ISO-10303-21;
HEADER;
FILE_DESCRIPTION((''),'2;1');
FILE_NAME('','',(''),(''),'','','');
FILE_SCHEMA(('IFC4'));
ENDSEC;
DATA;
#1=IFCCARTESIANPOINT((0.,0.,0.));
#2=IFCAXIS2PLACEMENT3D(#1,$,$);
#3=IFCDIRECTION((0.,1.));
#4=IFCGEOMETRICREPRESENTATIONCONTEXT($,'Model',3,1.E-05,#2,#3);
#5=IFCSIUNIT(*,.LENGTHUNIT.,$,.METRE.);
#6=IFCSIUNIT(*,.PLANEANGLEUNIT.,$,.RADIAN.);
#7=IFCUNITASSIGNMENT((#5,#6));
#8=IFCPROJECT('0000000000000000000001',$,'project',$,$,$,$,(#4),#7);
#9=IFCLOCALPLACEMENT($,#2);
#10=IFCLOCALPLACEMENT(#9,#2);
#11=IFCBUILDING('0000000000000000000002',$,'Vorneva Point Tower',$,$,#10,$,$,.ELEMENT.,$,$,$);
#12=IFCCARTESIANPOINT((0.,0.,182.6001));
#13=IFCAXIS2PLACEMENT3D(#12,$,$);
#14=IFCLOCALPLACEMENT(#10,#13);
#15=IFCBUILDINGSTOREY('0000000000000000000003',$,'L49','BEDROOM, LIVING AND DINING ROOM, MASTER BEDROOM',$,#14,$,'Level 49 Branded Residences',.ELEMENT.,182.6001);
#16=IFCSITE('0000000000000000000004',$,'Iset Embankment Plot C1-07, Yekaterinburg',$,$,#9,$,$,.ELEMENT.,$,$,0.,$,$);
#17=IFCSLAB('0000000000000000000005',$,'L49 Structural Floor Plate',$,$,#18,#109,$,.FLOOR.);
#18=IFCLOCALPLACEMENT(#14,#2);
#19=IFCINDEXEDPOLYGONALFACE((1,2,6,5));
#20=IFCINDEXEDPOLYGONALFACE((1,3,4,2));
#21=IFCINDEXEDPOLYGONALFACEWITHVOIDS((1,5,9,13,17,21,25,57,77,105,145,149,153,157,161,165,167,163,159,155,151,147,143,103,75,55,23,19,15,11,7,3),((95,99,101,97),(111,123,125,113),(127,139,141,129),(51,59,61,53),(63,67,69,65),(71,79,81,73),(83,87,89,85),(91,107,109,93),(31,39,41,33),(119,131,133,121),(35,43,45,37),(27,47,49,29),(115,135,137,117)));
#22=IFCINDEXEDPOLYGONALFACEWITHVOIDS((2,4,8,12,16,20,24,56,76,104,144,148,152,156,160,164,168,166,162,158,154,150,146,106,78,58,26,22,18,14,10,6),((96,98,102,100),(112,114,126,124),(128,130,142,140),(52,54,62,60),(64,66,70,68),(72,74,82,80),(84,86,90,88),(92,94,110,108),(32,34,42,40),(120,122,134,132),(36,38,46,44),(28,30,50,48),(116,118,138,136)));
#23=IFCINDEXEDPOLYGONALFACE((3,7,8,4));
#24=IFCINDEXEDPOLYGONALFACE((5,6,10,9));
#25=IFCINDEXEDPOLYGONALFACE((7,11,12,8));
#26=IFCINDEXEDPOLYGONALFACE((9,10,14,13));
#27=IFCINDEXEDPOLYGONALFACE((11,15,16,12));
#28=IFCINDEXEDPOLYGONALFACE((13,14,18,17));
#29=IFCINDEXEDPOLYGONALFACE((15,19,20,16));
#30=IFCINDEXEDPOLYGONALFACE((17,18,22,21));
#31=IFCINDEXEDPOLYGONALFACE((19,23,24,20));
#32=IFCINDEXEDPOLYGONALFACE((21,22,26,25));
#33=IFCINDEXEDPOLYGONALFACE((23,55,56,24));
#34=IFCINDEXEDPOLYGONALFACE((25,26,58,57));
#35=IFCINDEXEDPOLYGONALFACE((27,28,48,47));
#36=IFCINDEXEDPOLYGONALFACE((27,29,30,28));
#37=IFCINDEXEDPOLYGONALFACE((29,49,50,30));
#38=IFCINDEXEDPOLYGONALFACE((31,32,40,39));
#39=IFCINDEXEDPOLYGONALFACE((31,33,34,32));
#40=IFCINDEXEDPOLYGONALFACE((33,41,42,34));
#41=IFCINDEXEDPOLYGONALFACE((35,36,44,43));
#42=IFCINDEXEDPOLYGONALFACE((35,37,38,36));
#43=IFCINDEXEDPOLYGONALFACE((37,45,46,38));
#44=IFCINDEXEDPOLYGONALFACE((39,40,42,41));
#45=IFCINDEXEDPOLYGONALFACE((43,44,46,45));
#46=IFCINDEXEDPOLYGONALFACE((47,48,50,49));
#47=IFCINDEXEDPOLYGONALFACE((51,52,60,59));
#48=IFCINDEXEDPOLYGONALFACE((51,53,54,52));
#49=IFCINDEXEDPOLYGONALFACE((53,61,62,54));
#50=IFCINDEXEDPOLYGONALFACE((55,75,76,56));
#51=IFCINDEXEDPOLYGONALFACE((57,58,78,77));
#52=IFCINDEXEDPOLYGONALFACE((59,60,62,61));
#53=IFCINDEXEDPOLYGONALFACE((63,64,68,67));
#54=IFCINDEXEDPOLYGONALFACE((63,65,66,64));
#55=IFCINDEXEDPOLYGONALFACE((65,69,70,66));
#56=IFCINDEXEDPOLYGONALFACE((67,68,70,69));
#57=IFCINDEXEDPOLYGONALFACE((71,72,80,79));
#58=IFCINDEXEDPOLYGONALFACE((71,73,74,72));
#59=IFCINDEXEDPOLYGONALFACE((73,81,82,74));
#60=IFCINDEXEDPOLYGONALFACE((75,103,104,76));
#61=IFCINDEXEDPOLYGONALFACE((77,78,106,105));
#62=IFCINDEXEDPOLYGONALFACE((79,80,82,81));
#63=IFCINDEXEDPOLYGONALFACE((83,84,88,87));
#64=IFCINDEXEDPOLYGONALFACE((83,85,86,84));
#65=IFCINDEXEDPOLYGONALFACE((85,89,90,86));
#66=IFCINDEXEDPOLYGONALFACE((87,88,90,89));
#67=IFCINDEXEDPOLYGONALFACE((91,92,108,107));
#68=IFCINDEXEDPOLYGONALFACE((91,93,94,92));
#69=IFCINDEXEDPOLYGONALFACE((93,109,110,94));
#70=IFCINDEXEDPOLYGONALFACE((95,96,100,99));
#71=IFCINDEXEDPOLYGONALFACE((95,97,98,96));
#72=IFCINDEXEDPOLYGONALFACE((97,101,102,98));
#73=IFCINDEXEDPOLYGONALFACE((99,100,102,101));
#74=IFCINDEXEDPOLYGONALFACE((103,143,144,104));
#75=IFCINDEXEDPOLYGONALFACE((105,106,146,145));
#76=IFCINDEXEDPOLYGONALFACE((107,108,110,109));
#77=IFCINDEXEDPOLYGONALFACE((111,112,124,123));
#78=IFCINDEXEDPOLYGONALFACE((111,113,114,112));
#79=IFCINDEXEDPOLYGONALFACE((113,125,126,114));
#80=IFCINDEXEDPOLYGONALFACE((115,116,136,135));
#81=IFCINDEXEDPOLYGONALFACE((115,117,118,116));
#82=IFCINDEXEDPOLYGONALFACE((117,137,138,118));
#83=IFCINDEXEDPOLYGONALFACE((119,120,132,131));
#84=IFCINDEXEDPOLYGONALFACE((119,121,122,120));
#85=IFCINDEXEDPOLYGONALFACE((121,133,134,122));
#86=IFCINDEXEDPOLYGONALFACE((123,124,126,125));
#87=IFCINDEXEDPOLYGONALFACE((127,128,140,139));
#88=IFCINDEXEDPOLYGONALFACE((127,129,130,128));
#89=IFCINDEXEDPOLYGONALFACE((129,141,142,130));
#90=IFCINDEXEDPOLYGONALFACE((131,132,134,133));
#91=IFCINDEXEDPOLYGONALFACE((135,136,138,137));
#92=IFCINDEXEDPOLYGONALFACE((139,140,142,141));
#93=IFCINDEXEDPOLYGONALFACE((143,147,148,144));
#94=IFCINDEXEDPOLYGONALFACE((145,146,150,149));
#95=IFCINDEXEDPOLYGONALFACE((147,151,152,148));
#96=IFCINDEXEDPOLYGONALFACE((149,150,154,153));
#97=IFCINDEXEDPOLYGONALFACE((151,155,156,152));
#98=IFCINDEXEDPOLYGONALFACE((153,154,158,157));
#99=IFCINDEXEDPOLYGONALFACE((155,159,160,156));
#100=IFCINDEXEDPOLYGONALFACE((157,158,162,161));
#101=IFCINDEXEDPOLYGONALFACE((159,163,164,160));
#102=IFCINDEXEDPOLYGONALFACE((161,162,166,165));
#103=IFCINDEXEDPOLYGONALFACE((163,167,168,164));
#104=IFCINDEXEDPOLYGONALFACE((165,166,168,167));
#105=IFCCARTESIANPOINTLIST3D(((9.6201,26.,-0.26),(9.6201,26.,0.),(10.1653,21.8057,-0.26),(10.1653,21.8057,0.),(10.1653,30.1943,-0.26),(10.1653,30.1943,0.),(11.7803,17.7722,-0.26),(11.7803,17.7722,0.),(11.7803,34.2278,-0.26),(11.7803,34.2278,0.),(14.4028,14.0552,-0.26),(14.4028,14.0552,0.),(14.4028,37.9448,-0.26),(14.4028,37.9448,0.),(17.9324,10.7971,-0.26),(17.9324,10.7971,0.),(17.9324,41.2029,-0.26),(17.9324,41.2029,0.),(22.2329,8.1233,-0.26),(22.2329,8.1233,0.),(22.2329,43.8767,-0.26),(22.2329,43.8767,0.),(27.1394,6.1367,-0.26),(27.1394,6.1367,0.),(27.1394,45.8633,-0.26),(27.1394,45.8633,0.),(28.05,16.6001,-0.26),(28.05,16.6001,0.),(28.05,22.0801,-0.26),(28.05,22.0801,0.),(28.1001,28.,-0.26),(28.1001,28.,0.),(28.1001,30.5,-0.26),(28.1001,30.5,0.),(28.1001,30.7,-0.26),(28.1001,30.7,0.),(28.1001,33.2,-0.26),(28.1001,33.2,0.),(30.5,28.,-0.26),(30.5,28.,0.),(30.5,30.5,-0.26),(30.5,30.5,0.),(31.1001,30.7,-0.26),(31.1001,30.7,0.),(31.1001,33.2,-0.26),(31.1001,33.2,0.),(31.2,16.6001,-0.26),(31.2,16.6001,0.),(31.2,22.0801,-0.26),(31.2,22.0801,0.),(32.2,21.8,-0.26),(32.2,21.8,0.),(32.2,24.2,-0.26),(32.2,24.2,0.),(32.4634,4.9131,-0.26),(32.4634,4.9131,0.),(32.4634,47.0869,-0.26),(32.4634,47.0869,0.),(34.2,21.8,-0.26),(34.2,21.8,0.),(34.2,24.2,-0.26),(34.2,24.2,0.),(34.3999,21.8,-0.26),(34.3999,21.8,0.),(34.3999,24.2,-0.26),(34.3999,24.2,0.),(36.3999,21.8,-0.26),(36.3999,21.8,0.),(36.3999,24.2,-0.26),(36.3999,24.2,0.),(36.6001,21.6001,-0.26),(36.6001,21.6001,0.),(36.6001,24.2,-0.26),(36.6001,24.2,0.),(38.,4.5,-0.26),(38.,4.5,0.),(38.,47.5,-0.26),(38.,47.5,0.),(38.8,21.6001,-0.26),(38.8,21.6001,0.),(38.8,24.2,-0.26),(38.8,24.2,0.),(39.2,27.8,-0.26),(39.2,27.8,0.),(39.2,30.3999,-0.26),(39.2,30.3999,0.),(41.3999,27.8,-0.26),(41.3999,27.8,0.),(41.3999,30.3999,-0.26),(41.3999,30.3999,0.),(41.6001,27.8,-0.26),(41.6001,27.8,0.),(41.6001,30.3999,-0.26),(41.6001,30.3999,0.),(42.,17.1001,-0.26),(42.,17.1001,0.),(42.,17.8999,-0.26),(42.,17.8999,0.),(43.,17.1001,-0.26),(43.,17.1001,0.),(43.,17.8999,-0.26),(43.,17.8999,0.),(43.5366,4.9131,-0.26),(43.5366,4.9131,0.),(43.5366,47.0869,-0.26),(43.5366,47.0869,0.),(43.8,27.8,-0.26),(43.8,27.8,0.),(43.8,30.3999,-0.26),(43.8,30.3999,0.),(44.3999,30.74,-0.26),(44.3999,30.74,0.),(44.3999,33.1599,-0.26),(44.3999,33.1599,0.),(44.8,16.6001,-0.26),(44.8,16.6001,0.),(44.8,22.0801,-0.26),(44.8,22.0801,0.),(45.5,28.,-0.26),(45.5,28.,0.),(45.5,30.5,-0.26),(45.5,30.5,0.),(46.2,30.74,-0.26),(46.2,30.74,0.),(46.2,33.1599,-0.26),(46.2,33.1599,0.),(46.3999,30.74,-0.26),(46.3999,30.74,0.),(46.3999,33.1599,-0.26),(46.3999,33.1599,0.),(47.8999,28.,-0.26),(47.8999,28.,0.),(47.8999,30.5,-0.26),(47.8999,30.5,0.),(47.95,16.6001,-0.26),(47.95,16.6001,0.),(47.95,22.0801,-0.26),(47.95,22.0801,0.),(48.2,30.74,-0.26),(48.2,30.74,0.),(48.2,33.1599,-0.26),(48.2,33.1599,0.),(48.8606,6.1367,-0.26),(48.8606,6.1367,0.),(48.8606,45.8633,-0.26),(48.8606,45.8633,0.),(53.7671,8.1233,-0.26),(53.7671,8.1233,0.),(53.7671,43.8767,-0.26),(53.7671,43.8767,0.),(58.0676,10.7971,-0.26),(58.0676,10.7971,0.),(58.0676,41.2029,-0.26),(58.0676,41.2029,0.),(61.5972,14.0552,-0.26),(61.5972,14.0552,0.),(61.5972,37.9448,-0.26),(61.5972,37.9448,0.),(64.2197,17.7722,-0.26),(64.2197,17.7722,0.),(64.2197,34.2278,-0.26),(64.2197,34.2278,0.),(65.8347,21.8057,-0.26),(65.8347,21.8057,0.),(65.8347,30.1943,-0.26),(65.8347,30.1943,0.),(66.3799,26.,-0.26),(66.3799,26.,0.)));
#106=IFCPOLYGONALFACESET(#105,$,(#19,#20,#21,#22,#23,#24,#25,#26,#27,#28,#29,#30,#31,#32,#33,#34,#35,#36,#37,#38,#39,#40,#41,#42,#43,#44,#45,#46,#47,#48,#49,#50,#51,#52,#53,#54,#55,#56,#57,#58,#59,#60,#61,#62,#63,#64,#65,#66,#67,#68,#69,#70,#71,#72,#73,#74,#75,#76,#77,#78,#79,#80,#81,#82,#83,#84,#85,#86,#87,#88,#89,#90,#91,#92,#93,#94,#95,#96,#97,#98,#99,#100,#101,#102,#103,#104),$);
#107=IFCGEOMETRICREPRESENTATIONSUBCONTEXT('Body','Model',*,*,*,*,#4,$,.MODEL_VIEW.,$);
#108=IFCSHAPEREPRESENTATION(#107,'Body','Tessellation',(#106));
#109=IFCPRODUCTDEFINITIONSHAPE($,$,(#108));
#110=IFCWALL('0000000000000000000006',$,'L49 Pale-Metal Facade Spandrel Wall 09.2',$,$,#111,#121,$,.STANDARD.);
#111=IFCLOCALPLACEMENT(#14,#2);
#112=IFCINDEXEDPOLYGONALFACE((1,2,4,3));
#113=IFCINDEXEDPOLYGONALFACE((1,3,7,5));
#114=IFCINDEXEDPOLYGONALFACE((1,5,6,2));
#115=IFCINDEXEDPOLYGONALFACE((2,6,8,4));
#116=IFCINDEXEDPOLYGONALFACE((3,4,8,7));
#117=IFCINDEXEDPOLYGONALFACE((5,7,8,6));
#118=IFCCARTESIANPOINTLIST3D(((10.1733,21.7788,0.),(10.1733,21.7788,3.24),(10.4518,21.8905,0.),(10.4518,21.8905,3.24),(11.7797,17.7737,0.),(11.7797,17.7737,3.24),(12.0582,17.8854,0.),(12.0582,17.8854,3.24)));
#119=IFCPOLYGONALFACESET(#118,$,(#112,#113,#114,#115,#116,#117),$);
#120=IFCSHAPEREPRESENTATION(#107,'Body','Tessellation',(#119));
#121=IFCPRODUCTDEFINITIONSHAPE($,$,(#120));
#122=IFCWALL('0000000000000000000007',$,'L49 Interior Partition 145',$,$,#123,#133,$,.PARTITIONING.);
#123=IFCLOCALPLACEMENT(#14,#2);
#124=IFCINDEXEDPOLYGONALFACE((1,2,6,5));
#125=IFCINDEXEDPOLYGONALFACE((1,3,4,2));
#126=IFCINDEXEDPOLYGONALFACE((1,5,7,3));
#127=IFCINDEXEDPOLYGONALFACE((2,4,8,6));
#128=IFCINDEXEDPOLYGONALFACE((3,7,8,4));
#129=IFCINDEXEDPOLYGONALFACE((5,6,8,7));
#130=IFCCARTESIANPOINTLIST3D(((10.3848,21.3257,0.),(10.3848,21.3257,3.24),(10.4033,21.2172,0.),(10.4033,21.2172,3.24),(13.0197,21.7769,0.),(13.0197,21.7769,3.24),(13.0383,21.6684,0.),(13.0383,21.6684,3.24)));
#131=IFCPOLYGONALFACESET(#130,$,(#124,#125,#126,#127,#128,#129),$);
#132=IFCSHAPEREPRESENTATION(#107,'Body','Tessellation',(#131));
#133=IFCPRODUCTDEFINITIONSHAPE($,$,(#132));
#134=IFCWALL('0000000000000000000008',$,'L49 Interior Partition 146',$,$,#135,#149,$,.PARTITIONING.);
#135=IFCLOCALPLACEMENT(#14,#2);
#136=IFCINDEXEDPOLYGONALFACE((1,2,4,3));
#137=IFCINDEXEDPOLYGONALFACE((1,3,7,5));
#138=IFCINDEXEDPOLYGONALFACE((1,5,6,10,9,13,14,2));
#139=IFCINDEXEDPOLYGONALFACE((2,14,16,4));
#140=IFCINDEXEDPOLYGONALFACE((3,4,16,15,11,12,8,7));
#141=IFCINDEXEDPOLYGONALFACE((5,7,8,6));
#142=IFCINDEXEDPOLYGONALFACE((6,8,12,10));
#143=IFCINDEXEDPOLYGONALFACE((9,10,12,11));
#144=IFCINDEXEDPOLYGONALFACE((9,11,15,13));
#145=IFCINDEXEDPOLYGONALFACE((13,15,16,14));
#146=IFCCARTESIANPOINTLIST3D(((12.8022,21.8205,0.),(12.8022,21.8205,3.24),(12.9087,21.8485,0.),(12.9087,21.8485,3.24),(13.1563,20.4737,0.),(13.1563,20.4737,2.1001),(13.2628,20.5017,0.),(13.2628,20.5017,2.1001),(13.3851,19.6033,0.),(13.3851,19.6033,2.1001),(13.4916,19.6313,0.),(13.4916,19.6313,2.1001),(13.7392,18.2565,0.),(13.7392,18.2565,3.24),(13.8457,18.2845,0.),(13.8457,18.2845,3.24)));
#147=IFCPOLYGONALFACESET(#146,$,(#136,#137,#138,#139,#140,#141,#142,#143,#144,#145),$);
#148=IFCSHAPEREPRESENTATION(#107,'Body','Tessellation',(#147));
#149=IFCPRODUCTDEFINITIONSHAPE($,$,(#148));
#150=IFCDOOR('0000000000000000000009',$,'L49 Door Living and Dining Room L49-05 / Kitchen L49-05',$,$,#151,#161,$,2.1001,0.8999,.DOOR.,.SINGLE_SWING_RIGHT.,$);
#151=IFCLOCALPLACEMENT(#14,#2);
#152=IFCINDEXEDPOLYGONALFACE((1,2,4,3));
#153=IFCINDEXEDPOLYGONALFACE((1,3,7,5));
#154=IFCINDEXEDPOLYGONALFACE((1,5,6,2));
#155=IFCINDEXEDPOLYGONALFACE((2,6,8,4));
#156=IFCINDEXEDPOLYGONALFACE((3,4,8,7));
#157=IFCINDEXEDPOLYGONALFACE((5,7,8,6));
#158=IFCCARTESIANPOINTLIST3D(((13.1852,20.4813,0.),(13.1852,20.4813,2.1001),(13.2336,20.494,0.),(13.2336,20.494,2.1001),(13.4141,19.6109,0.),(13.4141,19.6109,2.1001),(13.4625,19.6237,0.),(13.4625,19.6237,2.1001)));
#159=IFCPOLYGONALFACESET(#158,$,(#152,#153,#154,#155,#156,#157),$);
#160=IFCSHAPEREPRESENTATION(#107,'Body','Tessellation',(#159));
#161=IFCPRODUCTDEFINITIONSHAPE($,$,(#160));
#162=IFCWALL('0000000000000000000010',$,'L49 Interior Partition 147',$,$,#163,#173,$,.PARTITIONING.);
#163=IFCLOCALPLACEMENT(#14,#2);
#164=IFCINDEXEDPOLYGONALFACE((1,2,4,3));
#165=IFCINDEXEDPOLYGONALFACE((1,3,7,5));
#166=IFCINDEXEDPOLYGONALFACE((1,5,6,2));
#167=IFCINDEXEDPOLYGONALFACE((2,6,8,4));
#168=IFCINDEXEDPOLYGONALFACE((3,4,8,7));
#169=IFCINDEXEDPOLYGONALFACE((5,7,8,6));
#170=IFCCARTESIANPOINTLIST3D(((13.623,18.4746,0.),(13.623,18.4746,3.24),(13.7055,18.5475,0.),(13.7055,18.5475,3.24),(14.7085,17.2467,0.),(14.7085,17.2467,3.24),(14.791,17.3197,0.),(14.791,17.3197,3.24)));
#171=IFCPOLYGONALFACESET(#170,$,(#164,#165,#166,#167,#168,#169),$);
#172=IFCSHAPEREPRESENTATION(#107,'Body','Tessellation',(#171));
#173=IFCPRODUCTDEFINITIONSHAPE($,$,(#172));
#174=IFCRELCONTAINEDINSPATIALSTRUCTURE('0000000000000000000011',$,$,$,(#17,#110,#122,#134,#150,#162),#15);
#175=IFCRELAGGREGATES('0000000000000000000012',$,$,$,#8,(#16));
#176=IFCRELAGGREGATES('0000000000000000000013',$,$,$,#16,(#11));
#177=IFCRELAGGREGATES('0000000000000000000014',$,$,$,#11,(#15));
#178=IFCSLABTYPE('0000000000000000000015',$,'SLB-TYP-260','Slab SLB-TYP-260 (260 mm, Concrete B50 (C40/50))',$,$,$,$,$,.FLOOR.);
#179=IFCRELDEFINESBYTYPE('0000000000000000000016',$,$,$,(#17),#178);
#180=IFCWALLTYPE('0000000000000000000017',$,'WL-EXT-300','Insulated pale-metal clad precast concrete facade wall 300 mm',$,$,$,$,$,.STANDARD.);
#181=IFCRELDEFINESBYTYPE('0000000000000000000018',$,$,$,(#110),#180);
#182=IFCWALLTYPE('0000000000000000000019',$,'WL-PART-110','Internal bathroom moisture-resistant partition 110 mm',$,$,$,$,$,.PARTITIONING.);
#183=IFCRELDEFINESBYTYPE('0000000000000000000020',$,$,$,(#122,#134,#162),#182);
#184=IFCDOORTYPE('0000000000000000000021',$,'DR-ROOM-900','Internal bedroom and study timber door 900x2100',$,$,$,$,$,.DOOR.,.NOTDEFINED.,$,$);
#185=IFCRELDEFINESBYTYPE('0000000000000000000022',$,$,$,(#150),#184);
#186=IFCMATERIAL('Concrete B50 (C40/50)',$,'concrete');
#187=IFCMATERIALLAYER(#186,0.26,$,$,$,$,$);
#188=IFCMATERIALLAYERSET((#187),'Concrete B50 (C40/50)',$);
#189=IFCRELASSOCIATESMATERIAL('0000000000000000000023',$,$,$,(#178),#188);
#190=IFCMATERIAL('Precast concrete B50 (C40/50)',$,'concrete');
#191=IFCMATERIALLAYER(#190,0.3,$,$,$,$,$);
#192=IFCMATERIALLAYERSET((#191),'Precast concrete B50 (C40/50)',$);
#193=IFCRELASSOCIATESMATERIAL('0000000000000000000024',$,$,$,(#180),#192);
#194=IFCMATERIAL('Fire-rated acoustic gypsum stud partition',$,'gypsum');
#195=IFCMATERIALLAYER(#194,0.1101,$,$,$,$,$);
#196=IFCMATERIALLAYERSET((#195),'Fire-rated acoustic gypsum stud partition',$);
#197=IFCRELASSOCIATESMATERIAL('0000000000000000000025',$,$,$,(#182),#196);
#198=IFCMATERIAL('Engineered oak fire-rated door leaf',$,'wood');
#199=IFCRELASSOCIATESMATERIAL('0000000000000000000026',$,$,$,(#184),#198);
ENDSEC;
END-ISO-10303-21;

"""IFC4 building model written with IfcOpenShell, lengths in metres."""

from ifc_helpers import new_model, si_unit, direction, frame, frame_2d, origin, place, context, subcontext, project, spatial, polyline, rectangle, outline, extrude, material, layer, layer_set, type_object, element, fill, save


model = new_model("IFC4")

# Units and contexts
model_context = context("Model", 3, precision=1e-05, world=origin(), true_north=direction((0.0, 1.0)))
body_context = subcontext(model_context, "Body", "Model", "MODEL_VIEW")
ifc_project = project(units=[si_unit("LENGTHUNIT", "METRE"), si_unit("PLANEANGLEUNIT", "RADIAN")], contexts=[model_context])

# Site, building, storey
site_placement = place(None, origin())
site = spatial("IfcSite", under=ifc_project, at=site_placement, Name="Iset Embankment Plot C1-07, Yekaterinburg", CompositionType="ELEMENT", RefElevation=0.0)
building_placement = place(site_placement, origin())
building = spatial("IfcBuilding", under=site, at=building_placement, Name="Vorneva Point Tower", CompositionType="ELEMENT")
storey_placement = place(building_placement, frame((0.0, 0.0, 182.6001)))
storey = spatial("IfcBuildingStorey", under=building, at=storey_placement, Name="L49", Description="BEDROOM, LIVING AND DINING ROOM, MASTER BEDROOM", LongName="Level 49 Branded Residences", CompositionType="ELEMENT", Elevation=182.6001)

# Shared definitions
ifc_material_1 = material(Name="Concrete B50 (C40/50)", Category="concrete")

# Slab
ifc_layer_1 = layer(ifc_material_1, 0.26)
ifc_layer_set_1 = layer_set([ifc_layer_1], Name="Concrete B50 (C40/50)")
slab_type_1 = type_object("IfcSlabType", Name="SLB-TYP-260", Description="Slab SLB-TYP-260 (260 mm, Concrete B50 (C40/50))", PredefinedType="FLOOR", material=ifc_layer_set_1)
slab_1_placement = place(storey_placement, frame((0.0, 0.0, -0.26)))
element("IfcSlab", 1, at=slab_1_placement, inside=storey, type_object=slab_type_1, Name="L49 Structural Floor Plate", PredefinedType="FLOOR", context=body_context, shape_type="SweptSolid", body=[
    extrude(outline(polyline([(66.3799, 26.0), (65.8347, 30.1943), (64.2197, 34.2278), (61.5972, 37.9448), (58.0676, 41.2029), (53.7671, 43.8767), (48.8606, 45.8633), (43.5366, 47.0869), (38.0, 47.5), (32.4634, 47.0869), (27.1394, 45.8633), (22.2329, 43.8767), (17.9324, 41.2029), (14.4028, 37.9448), (11.7803, 34.2278), (10.1653, 30.1943), (9.6201, 26.0), (10.1653, 21.8057), (11.7803, 17.7722), (14.4028, 14.0552), (17.9324, 10.7971), (22.2329, 8.1233), (27.1394, 6.1367), (32.4634, 4.9131), (38.0, 4.5), (43.5366, 4.9131), (48.8606, 6.1367), (53.7671, 8.1233), (58.0676, 10.7971), (61.5972, 14.0552), (64.2197, 17.7722), (65.8347, 21.8057), (66.3799, 26.0)]), holes=[polyline([(32.2, 21.8), (34.2, 21.8), (34.2, 24.2), (32.2, 24.2), (32.2, 21.8)]), polyline([(34.3999, 21.8), (36.3999, 21.8), (36.3999, 24.2), (34.3999, 24.2), (34.3999, 21.8)]), polyline([(36.6001, 21.6001), (38.8, 21.6001), (38.8, 24.2), (36.6001, 24.2), (36.6001, 21.6001)]), polyline([(39.2, 27.8), (41.3999, 27.8), (41.3999, 30.3999), (39.2, 30.3999), (39.2, 27.8)]), polyline([(41.6001, 27.8), (43.8, 27.8), (43.8, 30.3999), (41.6001, 30.3999), (41.6001, 27.8)]), polyline([(44.3999, 30.74), (46.2, 30.74), (46.2, 33.1599), (44.3999, 33.1599), (44.3999, 30.74)]), polyline([(46.3999, 30.74), (48.2, 30.74), (48.2, 33.1599), (46.3999, 33.1599), (46.3999, 30.74)]), polyline([(28.1001, 28.0), (30.5, 28.0), (30.5, 30.5), (28.1001, 30.5), (28.1001, 28.0)]), polyline([(45.5, 28.0), (47.8999, 28.0), (47.8999, 30.5), (45.5, 30.5), (45.5, 28.0)]), polyline([(28.1001, 30.7), (31.1001, 30.7), (31.1001, 33.2), (28.1001, 33.2), (28.1001, 30.7)]), polyline([(28.05, 16.6001), (31.2, 16.6001), (31.2, 22.0801), (28.05, 22.0801), (28.05, 16.6001)]), polyline([(44.8, 16.6001), (47.95, 16.6001), (47.95, 22.0801), (44.8, 22.0801), (44.8, 16.6001)]), polyline([(42.0, 17.1001), (43.0, 17.1001), (43.0, 17.8999), (42.0, 17.8999), (42.0, 17.1001)])]), origin(), (0.0, 0.0, 1.0), 0.26),
])

# Walls
ifc_material_2 = material(Name="Precast concrete B50 (C40/50)", Category="concrete")
ifc_layer_2 = layer(ifc_material_2, 0.3)
ifc_layer_set_2 = layer_set([ifc_layer_2], Name="Precast concrete B50 (C40/50)")
wall_type_1 = type_object("IfcWallType", Name="WL-EXT-300", Description="Insulated pale-metal clad precast concrete facade wall 300 mm", PredefinedType="STANDARD", material=ifc_layer_set_2)
wall_1_placement = place(storey_placement, frame((10.3125, 21.8347, 0.0), z_axis=(0.0, 0.0, 1.0), x_axis=(0.372268, -0.928125, 0.0)))
element("IfcWall", 2, at=wall_1_placement, inside=storey, type_object=wall_type_1, Name="L49 Pale-Metal Facade Spandrel Wall 09.2", PredefinedType="STANDARD", context=body_context, shape_type="SweptSolid", body=[
    extrude(rectangle(XDim=4.3152, YDim=0.3, at=frame_2d((2.1577, 0.0))), origin(), (0.0, 0.0, 1.0), 3.24),
])
ifc_material_3 = material(Name="Fire-rated acoustic gypsum stud partition", Category="gypsum")
ifc_layer_3 = layer(ifc_material_3, 0.1101)
ifc_layer_set_3 = layer_set([ifc_layer_3], Name="Fire-rated acoustic gypsum stud partition")
wall_type_2 = type_object("IfcWallType", Name="WL-PART-110", Description="Internal bathroom moisture-resistant partition 110 mm", PredefinedType="PARTITIONING", material=ifc_layer_set_3)
wall_2_placement = place(storey_placement, frame((10.394, 21.2715, 0.0), z_axis=(0.0, 0.0, 1.0), x_axis=(0.985656, 0.168766, 0.0)))
element("IfcWall", 3, at=wall_2_placement, inside=storey, type_object=wall_type_2, Name="L49 Interior Partition 145", PredefinedType="PARTITIONING", context=body_context, shape_type="SweptSolid", body=[
    extrude(rectangle(XDim=2.6733, YDim=0.1101, at=frame_2d((1.3367, 0.0))), origin(), (0.0, 0.0, 1.0), 3.24),
])

# Wall, opening, door
wall_3_placement = place(storey_placement, frame((12.8555, 21.8345, 0.0), z_axis=(0.0, 0.0, 1.0), x_axis=(0.254272, -0.967133, 0.0)))
wall_3 = element("IfcWall", 4, at=wall_3_placement, inside=storey, type_object=wall_type_2, Name="L49 Interior Partition 146", PredefinedType="PARTITIONING", context=body_context, shape_type="SweptSolid", body=[
    extrude(rectangle(XDim=3.6851, YDim=0.1101, at=frame_2d((1.8425, 0.0))), origin(), (0.0, 0.0, 1.0), 3.24),
])
opening_1_placement = place(wall_3_placement, frame((1.3926, 0.0, 0.0)))
opening_1 = element("IfcOpeningElement", 5, at=opening_1_placement, cuts=wall_3, PredefinedType="OPENING", context=body_context, shape_type="SweptSolid", body=[
    extrude(rectangle(XDim=0.8999, YDim=2.1001, at=frame_2d((0.45, 1.05))), frame((0.0, 0.0698, 0.0), z_axis=(0.0, -1.0, 0.0), x_axis=(1.0, 0.0, 0.0)), (0.0, 0.0, 1.0), 0.1399),
])
ifc_material_4 = material(Name="Engineered oak fire-rated door leaf", Category="wood")
door_type = type_object("IfcDoorType", Name="DR-ROOM-900", Description="Internal bedroom and study timber door 900x2100", OperationType="NOTDEFINED", PredefinedType="DOOR", material=ifc_material_4)
door_1_placement = place(opening_1_placement, origin())
door_1 = element("IfcDoor", 6, at=door_1_placement, inside=storey, type_object=door_type, Name="L49 Door Living and Dining Room L49-05 / Kitchen L49-05", OperationType="SINGLE_SWING_RIGHT", OverallHeight=2.1001, OverallWidth=0.8999, PredefinedType="DOOR", context=body_context, shape_type="SweptSolid", body=[
    extrude(rectangle(XDim=0.8999, YDim=2.1001, at=frame_2d((0.45, 1.05))), frame((0.0, 0.0249, 0.0), z_axis=(0.0, -1.0, 0.0), x_axis=(1.0, 0.0, 0.0)), (0.0, 0.0, 1.0), 0.05),
])
fill(opening_1, door_1)

# Wall
wall_4_placement = place(storey_placement, frame((13.6643, 18.511, 0.0), z_axis=(0.0, 0.0, 1.0), x_axis=(0.662346, -0.749198, 0.0)))
element("IfcWall", 7, at=wall_4_placement, inside=storey, type_object=wall_type_2, Name="L49 Interior Partition 147", PredefinedType="PARTITIONING", context=body_context, shape_type="SweptSolid", body=[
    extrude(rectangle(XDim=1.6389, YDim=0.1101, at=frame_2d((0.8193, 0.0))), origin(), (0.0, 0.0, 1.0), 3.24),
])

save(model, "model.ifc")
